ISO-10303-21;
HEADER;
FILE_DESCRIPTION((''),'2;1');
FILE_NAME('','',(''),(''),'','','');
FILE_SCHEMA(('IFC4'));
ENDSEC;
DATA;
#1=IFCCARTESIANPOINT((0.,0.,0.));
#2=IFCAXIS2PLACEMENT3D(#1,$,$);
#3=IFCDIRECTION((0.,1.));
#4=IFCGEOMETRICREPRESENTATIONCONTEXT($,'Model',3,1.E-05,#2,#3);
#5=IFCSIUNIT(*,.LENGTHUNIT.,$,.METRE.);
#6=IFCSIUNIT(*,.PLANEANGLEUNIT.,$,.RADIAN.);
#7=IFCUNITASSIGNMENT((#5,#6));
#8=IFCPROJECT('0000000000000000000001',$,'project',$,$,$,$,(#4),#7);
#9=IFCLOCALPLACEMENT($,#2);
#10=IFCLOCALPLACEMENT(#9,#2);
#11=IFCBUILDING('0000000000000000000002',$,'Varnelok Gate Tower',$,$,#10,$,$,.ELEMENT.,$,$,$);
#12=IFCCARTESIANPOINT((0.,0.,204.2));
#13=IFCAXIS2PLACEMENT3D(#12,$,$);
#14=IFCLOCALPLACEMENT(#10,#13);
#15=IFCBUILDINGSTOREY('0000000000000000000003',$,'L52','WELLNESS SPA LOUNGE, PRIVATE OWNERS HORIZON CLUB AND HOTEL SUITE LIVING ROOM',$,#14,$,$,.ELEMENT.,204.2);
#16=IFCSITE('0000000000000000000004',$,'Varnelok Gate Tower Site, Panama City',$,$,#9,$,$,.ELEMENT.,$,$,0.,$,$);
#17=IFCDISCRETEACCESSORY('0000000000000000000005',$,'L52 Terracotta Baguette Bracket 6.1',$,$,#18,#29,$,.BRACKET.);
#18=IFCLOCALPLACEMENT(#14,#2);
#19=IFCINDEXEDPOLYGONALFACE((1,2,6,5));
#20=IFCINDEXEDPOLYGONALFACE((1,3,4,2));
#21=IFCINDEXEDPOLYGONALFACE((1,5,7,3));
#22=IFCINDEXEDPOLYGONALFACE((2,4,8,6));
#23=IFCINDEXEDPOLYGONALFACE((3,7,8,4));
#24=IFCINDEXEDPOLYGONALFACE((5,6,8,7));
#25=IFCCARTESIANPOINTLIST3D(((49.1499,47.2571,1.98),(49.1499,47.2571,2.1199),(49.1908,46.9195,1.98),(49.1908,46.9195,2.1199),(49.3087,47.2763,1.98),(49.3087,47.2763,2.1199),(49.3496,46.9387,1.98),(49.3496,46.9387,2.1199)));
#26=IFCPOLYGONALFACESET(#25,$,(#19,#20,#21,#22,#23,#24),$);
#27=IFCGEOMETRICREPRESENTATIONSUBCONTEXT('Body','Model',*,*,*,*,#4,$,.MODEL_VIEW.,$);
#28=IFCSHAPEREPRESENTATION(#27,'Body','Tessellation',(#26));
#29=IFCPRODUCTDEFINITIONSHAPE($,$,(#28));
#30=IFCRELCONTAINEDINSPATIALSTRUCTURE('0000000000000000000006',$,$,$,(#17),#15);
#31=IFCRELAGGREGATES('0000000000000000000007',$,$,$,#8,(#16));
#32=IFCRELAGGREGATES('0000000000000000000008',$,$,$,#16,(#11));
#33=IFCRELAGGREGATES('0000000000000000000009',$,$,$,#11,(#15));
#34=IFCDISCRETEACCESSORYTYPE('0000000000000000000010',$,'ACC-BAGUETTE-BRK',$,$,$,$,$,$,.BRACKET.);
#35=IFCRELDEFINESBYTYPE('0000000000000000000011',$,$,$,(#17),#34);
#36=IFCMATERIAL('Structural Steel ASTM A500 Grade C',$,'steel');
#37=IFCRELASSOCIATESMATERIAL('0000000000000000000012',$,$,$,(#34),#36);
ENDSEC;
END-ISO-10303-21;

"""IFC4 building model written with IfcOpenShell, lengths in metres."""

from ifc_helpers import new_model, si_unit, direction, frame, origin, origin_2d, place, context, subcontext, project, spatial, rectangle, extrude, source, transform, mapped, material, type_object, element, save


model = new_model("IFC4")

# Units and contexts
model_context = context("Model", 3, precision=1e-05, world=origin(), true_north=direction((0.0, 1.0)))
body_context = subcontext(model_context, "Body", "Model", "MODEL_VIEW")
ifc_project = project(units=[si_unit("LENGTHUNIT", "METRE"), si_unit("PLANEANGLEUNIT", "RADIAN")], contexts=[model_context])

# Site, building, storey
site_placement = place(None, origin())
site = spatial("IfcSite", under=ifc_project, at=site_placement, Name="Varnelok Gate Tower Site, Panama City", CompositionType="ELEMENT", RefElevation=0.0)
building_placement = place(site_placement, origin())
building = spatial("IfcBuilding", under=site, at=building_placement, Name="Varnelok Gate Tower", CompositionType="ELEMENT")
storey_placement = place(building_placement, frame((0.0, 0.0, 204.2)))
storey = spatial("IfcBuildingStorey", under=building, at=storey_placement, Name="L52", Description="WELLNESS SPA LOUNGE, PRIVATE OWNERS HORIZON CLUB AND HOTEL SUITE LIVING ROOM", CompositionType="ELEMENT", Elevation=204.2)

# Discrete accessory
ifc_material_1 = material(Name="Structural Steel ASTM A500 Grade C", Category="steel")
discrete_accessory_type = type_object("IfcDiscreteAccessoryType", Name="ACC-BAGUETTE-BRK", PredefinedType="BRACKET", material=ifc_material_1)
shared_shape_1 = source(origin(), body_context, "Body", "SweptSolid", [
    extrude(rectangle(XDim=0.1599, YDim=0.3401, at=origin_2d()), origin(), (0.0, 0.0, 1.0), 0.1399),
])
discrete_accessory_placement = place(storey_placement, frame((49.2498, 47.0979, 1.98), z_axis=(0.0, 0.0, 1.0), x_axis=(0.992732, 0.120345, 0.0)))
element("IfcDiscreteAccessory", 1, at=discrete_accessory_placement, inside=storey, type_object=discrete_accessory_type, Name="L52 Terracotta Baguette Bracket 6.1", PredefinedType="BRACKET", context=body_context, shape_type="MappedRepresentation", body=[
    mapped(shared_shape_1, transform((0.0, 0.0, 0.0), scale=1.0)),
])

save(model, "model.ifc")
